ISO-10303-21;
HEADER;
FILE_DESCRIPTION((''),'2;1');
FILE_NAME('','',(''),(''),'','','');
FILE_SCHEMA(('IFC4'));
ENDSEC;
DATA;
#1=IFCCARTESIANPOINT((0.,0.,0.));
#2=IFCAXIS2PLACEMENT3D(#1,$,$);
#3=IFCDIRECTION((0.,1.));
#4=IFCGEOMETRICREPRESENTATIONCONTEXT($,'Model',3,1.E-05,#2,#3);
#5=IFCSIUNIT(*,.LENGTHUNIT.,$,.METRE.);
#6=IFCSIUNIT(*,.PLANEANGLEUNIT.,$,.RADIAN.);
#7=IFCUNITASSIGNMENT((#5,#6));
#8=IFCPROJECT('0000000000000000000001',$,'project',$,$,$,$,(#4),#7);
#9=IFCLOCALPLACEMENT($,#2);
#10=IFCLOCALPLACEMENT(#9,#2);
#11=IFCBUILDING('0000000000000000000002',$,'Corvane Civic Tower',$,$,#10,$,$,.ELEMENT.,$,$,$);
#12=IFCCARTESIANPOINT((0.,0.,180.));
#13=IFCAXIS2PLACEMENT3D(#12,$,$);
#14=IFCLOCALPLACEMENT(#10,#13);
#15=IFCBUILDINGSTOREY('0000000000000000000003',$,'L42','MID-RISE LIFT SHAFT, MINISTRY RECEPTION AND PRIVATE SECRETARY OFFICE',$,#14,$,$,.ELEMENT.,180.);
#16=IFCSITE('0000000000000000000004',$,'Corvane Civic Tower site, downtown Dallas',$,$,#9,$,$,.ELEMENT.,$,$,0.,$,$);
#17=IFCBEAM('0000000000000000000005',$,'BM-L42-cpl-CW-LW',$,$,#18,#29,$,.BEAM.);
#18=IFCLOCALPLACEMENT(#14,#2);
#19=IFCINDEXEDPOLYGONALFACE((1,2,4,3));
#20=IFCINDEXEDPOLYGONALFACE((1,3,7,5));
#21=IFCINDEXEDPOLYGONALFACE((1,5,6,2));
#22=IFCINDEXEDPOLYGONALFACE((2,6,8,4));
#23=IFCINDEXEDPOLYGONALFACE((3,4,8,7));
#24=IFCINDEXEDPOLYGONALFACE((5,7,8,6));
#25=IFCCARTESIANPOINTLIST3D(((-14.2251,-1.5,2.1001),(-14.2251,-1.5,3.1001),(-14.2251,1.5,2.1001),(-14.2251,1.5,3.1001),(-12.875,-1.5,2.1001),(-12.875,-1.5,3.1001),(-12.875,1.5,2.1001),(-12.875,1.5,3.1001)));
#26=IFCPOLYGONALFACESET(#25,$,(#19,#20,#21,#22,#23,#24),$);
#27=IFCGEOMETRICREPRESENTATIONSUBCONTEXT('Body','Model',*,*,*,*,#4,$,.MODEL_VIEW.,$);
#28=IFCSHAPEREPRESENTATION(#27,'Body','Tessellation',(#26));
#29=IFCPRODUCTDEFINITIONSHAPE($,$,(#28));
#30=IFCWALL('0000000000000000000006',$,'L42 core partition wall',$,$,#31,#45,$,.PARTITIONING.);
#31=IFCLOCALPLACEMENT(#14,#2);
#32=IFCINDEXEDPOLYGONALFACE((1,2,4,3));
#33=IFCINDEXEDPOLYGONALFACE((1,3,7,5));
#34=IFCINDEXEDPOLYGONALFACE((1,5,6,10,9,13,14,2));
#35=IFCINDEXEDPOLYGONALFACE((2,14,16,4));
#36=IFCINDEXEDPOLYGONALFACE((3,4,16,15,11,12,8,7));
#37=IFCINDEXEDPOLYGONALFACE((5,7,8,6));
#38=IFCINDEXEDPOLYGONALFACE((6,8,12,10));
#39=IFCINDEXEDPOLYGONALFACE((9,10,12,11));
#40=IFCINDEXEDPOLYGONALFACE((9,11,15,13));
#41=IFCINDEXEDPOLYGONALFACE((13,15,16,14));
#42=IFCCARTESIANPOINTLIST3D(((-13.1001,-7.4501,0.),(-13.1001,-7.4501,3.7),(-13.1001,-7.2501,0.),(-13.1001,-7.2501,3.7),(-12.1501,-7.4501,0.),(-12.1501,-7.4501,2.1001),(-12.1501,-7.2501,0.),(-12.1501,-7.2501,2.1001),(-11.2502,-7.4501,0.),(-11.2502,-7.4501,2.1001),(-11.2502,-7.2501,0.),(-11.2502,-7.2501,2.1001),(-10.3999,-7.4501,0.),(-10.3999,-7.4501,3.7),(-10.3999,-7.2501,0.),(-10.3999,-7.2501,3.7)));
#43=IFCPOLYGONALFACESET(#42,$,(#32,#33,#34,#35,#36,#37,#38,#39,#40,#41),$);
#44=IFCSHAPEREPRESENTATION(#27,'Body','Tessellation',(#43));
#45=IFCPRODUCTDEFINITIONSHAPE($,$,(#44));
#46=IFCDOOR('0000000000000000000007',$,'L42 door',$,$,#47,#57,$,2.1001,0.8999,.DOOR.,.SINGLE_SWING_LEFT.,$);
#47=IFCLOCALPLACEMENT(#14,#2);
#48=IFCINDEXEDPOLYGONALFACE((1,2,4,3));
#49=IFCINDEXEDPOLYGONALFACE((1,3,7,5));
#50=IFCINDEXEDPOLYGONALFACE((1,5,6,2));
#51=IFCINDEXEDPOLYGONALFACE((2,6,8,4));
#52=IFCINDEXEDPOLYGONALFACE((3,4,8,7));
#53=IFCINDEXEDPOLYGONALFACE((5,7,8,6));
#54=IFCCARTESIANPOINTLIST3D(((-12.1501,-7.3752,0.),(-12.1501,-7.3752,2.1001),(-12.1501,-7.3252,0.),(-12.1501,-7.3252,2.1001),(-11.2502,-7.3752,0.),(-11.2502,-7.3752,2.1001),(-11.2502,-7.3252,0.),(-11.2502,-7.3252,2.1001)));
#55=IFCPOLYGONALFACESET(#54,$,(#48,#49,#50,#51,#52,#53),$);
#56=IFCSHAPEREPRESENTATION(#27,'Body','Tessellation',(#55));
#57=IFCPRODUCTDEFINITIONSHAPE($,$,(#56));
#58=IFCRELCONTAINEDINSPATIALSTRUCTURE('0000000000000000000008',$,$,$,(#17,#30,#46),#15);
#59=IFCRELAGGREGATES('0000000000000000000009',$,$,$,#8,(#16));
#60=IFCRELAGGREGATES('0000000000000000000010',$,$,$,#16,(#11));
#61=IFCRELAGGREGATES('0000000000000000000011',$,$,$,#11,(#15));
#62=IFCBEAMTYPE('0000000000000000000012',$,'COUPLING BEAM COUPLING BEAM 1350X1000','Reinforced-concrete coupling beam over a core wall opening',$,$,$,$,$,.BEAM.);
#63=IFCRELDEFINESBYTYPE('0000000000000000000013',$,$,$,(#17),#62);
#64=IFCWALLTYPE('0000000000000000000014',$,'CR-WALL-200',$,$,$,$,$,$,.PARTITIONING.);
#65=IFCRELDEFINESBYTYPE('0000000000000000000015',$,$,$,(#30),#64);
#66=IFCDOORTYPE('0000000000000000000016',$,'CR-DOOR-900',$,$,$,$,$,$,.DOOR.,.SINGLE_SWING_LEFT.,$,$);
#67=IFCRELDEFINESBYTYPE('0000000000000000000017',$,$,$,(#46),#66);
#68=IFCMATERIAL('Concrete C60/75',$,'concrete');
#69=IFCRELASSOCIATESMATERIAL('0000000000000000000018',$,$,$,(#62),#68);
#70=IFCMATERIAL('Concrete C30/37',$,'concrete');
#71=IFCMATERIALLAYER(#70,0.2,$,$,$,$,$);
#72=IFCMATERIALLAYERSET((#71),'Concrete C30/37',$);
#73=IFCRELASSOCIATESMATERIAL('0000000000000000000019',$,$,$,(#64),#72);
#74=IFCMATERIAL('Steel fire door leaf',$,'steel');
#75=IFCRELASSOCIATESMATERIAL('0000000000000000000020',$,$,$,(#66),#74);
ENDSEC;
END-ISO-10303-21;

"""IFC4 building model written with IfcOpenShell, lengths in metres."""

from ifc_helpers import new_model, si_unit, direction, frame, frame_2d, origin, origin_2d, place, context, subcontext, project, spatial, rectangle, extrude, material, layer, layer_set, material_profile, profile_set, type_object, element, fill, save


model = new_model("IFC4")

# Units and contexts
model_context = context("Model", 3, precision=1e-05, world=origin(), true_north=direction((0.0, 1.0)))
body_context = subcontext(model_context, "Body", "Model", "MODEL_VIEW")
ifc_project = project(units=[si_unit("LENGTHUNIT", "METRE"), si_unit("PLANEANGLEUNIT", "RADIAN")], contexts=[model_context])

# Site, building, storey
site_placement = place(None, origin())
site = spatial("IfcSite", under=ifc_project, at=site_placement, Name="Corvane Civic Tower site, downtown Dallas", CompositionType="ELEMENT", RefElevation=0.0)
building_placement = place(site_placement, origin())
building = spatial("IfcBuilding", under=site, at=building_placement, Name="Corvane Civic Tower", CompositionType="ELEMENT")
storey_placement = place(building_placement, frame((0.0, 0.0, 180.0)))
storey = spatial("IfcBuildingStorey", under=building, at=storey_placement, Name="L42", Description="MID-RISE LIFT SHAFT, MINISTRY RECEPTION AND PRIVATE SECRETARY OFFICE", CompositionType="ELEMENT", Elevation=180.0)

# Beam
ifc_material_1 = material(Name="Concrete C60/75", Category="concrete")
ifc_material_profile = material_profile(ifc_material_1, rectangle(XDim=1.3501, YDim=1.0, at=origin_2d()), Name="COUPLING BEAM 1350X1000")
ifc_profile_set = profile_set([ifc_material_profile], Name="Concrete C60/75")
beam_type = type_object("IfcBeamType", Name="COUPLING BEAM COUPLING BEAM 1350X1000", Description="Reinforced-concrete coupling beam over a core wall opening", PredefinedType="BEAM", material=ifc_profile_set)
beam_placement = place(storey_placement, frame((-13.55, -1.5, 2.6001), z_axis=(0.0, 1.0, 0.0), x_axis=(-1.0, 0.0, 0.0)))
element("IfcBeam", 1, at=beam_placement, inside=storey, type_object=beam_type, Name="BM-L42-cpl-CW-LW", PredefinedType="BEAM", context=body_context, shape_type="SweptSolid", body=[
    extrude(rectangle(XDim=1.3501, YDim=1.0, at=origin_2d()), origin(), (0.0, 0.0, 1.0), 3.0),
])

# Wall, opening, door
ifc_material_2 = material(Name="Concrete C30/37", Category="concrete")
ifc_layer_1 = layer(ifc_material_2, 0.2)
ifc_layer_set_1 = layer_set([ifc_layer_1], Name="Concrete C30/37")
wall_type_1 = type_object("IfcWallType", Name="CR-WALL-200", PredefinedType="PARTITIONING", material=ifc_layer_set_1)
wall_1_placement = place(storey_placement, frame((-13.1001, -7.3501, 0.0), z_axis=(0.0, 0.0, 1.0), x_axis=(1.0, 0.0, 0.0)))
wall_1 = element("IfcWall", 2, at=wall_1_placement, inside=storey, type_object=wall_type_1, Name="L42 core partition wall", PredefinedType="PARTITIONING", context=body_context, shape_type="SweptSolid", body=[
    extrude(rectangle(XDim=2.7002, YDim=0.2, at=frame_2d((1.3501, 0.0))), origin(), (0.0, 0.0, 1.0), 3.7),
])
opening_1_placement = place(wall_1_placement, frame((0.95, 0.0, 0.0)))
opening_1 = element("IfcOpeningElement", 3, at=opening_1_placement, cuts=wall_1, PredefinedType="OPENING", context=body_context, shape_type="SweptSolid", body=[
    extrude(rectangle(XDim=0.8999, YDim=2.1001, at=frame_2d((0.45, 1.05))), frame((0.0, 0.1099, 0.0), z_axis=(0.0, -1.0, 0.0), x_axis=(1.0, 0.0, 0.0)), (0.0, 0.0, 1.0), 0.22),
])
ifc_material_3 = material(Name="Steel fire door leaf", Category="steel")
door_type_1 = type_object("IfcDoorType", Name="CR-DOOR-900", OperationType="SINGLE_SWING_LEFT", PredefinedType="DOOR", material=ifc_material_3)
door_1_placement = place(opening_1_placement, origin())
door_1 = element("IfcDoor", 4, at=door_1_placement, inside=storey, type_object=door_type_1, Name="L42 door", OperationType="SINGLE_SWING_LEFT", OverallHeight=2.1001, OverallWidth=0.8999, PredefinedType="DOOR", context=body_context, shape_type="SweptSolid", body=[
    extrude(rectangle(XDim=0.8999, YDim=2.1001, at=frame_2d((0.45, 1.05))), frame((0.0, 0.0249, 0.0), z_axis=(0.0, -1.0, 0.0), x_axis=(1.0, 0.0, 0.0)), (0.0, 0.0, 1.0), 0.05),
])
fill(opening_1, door_1)

save(model, "model.ifc")
